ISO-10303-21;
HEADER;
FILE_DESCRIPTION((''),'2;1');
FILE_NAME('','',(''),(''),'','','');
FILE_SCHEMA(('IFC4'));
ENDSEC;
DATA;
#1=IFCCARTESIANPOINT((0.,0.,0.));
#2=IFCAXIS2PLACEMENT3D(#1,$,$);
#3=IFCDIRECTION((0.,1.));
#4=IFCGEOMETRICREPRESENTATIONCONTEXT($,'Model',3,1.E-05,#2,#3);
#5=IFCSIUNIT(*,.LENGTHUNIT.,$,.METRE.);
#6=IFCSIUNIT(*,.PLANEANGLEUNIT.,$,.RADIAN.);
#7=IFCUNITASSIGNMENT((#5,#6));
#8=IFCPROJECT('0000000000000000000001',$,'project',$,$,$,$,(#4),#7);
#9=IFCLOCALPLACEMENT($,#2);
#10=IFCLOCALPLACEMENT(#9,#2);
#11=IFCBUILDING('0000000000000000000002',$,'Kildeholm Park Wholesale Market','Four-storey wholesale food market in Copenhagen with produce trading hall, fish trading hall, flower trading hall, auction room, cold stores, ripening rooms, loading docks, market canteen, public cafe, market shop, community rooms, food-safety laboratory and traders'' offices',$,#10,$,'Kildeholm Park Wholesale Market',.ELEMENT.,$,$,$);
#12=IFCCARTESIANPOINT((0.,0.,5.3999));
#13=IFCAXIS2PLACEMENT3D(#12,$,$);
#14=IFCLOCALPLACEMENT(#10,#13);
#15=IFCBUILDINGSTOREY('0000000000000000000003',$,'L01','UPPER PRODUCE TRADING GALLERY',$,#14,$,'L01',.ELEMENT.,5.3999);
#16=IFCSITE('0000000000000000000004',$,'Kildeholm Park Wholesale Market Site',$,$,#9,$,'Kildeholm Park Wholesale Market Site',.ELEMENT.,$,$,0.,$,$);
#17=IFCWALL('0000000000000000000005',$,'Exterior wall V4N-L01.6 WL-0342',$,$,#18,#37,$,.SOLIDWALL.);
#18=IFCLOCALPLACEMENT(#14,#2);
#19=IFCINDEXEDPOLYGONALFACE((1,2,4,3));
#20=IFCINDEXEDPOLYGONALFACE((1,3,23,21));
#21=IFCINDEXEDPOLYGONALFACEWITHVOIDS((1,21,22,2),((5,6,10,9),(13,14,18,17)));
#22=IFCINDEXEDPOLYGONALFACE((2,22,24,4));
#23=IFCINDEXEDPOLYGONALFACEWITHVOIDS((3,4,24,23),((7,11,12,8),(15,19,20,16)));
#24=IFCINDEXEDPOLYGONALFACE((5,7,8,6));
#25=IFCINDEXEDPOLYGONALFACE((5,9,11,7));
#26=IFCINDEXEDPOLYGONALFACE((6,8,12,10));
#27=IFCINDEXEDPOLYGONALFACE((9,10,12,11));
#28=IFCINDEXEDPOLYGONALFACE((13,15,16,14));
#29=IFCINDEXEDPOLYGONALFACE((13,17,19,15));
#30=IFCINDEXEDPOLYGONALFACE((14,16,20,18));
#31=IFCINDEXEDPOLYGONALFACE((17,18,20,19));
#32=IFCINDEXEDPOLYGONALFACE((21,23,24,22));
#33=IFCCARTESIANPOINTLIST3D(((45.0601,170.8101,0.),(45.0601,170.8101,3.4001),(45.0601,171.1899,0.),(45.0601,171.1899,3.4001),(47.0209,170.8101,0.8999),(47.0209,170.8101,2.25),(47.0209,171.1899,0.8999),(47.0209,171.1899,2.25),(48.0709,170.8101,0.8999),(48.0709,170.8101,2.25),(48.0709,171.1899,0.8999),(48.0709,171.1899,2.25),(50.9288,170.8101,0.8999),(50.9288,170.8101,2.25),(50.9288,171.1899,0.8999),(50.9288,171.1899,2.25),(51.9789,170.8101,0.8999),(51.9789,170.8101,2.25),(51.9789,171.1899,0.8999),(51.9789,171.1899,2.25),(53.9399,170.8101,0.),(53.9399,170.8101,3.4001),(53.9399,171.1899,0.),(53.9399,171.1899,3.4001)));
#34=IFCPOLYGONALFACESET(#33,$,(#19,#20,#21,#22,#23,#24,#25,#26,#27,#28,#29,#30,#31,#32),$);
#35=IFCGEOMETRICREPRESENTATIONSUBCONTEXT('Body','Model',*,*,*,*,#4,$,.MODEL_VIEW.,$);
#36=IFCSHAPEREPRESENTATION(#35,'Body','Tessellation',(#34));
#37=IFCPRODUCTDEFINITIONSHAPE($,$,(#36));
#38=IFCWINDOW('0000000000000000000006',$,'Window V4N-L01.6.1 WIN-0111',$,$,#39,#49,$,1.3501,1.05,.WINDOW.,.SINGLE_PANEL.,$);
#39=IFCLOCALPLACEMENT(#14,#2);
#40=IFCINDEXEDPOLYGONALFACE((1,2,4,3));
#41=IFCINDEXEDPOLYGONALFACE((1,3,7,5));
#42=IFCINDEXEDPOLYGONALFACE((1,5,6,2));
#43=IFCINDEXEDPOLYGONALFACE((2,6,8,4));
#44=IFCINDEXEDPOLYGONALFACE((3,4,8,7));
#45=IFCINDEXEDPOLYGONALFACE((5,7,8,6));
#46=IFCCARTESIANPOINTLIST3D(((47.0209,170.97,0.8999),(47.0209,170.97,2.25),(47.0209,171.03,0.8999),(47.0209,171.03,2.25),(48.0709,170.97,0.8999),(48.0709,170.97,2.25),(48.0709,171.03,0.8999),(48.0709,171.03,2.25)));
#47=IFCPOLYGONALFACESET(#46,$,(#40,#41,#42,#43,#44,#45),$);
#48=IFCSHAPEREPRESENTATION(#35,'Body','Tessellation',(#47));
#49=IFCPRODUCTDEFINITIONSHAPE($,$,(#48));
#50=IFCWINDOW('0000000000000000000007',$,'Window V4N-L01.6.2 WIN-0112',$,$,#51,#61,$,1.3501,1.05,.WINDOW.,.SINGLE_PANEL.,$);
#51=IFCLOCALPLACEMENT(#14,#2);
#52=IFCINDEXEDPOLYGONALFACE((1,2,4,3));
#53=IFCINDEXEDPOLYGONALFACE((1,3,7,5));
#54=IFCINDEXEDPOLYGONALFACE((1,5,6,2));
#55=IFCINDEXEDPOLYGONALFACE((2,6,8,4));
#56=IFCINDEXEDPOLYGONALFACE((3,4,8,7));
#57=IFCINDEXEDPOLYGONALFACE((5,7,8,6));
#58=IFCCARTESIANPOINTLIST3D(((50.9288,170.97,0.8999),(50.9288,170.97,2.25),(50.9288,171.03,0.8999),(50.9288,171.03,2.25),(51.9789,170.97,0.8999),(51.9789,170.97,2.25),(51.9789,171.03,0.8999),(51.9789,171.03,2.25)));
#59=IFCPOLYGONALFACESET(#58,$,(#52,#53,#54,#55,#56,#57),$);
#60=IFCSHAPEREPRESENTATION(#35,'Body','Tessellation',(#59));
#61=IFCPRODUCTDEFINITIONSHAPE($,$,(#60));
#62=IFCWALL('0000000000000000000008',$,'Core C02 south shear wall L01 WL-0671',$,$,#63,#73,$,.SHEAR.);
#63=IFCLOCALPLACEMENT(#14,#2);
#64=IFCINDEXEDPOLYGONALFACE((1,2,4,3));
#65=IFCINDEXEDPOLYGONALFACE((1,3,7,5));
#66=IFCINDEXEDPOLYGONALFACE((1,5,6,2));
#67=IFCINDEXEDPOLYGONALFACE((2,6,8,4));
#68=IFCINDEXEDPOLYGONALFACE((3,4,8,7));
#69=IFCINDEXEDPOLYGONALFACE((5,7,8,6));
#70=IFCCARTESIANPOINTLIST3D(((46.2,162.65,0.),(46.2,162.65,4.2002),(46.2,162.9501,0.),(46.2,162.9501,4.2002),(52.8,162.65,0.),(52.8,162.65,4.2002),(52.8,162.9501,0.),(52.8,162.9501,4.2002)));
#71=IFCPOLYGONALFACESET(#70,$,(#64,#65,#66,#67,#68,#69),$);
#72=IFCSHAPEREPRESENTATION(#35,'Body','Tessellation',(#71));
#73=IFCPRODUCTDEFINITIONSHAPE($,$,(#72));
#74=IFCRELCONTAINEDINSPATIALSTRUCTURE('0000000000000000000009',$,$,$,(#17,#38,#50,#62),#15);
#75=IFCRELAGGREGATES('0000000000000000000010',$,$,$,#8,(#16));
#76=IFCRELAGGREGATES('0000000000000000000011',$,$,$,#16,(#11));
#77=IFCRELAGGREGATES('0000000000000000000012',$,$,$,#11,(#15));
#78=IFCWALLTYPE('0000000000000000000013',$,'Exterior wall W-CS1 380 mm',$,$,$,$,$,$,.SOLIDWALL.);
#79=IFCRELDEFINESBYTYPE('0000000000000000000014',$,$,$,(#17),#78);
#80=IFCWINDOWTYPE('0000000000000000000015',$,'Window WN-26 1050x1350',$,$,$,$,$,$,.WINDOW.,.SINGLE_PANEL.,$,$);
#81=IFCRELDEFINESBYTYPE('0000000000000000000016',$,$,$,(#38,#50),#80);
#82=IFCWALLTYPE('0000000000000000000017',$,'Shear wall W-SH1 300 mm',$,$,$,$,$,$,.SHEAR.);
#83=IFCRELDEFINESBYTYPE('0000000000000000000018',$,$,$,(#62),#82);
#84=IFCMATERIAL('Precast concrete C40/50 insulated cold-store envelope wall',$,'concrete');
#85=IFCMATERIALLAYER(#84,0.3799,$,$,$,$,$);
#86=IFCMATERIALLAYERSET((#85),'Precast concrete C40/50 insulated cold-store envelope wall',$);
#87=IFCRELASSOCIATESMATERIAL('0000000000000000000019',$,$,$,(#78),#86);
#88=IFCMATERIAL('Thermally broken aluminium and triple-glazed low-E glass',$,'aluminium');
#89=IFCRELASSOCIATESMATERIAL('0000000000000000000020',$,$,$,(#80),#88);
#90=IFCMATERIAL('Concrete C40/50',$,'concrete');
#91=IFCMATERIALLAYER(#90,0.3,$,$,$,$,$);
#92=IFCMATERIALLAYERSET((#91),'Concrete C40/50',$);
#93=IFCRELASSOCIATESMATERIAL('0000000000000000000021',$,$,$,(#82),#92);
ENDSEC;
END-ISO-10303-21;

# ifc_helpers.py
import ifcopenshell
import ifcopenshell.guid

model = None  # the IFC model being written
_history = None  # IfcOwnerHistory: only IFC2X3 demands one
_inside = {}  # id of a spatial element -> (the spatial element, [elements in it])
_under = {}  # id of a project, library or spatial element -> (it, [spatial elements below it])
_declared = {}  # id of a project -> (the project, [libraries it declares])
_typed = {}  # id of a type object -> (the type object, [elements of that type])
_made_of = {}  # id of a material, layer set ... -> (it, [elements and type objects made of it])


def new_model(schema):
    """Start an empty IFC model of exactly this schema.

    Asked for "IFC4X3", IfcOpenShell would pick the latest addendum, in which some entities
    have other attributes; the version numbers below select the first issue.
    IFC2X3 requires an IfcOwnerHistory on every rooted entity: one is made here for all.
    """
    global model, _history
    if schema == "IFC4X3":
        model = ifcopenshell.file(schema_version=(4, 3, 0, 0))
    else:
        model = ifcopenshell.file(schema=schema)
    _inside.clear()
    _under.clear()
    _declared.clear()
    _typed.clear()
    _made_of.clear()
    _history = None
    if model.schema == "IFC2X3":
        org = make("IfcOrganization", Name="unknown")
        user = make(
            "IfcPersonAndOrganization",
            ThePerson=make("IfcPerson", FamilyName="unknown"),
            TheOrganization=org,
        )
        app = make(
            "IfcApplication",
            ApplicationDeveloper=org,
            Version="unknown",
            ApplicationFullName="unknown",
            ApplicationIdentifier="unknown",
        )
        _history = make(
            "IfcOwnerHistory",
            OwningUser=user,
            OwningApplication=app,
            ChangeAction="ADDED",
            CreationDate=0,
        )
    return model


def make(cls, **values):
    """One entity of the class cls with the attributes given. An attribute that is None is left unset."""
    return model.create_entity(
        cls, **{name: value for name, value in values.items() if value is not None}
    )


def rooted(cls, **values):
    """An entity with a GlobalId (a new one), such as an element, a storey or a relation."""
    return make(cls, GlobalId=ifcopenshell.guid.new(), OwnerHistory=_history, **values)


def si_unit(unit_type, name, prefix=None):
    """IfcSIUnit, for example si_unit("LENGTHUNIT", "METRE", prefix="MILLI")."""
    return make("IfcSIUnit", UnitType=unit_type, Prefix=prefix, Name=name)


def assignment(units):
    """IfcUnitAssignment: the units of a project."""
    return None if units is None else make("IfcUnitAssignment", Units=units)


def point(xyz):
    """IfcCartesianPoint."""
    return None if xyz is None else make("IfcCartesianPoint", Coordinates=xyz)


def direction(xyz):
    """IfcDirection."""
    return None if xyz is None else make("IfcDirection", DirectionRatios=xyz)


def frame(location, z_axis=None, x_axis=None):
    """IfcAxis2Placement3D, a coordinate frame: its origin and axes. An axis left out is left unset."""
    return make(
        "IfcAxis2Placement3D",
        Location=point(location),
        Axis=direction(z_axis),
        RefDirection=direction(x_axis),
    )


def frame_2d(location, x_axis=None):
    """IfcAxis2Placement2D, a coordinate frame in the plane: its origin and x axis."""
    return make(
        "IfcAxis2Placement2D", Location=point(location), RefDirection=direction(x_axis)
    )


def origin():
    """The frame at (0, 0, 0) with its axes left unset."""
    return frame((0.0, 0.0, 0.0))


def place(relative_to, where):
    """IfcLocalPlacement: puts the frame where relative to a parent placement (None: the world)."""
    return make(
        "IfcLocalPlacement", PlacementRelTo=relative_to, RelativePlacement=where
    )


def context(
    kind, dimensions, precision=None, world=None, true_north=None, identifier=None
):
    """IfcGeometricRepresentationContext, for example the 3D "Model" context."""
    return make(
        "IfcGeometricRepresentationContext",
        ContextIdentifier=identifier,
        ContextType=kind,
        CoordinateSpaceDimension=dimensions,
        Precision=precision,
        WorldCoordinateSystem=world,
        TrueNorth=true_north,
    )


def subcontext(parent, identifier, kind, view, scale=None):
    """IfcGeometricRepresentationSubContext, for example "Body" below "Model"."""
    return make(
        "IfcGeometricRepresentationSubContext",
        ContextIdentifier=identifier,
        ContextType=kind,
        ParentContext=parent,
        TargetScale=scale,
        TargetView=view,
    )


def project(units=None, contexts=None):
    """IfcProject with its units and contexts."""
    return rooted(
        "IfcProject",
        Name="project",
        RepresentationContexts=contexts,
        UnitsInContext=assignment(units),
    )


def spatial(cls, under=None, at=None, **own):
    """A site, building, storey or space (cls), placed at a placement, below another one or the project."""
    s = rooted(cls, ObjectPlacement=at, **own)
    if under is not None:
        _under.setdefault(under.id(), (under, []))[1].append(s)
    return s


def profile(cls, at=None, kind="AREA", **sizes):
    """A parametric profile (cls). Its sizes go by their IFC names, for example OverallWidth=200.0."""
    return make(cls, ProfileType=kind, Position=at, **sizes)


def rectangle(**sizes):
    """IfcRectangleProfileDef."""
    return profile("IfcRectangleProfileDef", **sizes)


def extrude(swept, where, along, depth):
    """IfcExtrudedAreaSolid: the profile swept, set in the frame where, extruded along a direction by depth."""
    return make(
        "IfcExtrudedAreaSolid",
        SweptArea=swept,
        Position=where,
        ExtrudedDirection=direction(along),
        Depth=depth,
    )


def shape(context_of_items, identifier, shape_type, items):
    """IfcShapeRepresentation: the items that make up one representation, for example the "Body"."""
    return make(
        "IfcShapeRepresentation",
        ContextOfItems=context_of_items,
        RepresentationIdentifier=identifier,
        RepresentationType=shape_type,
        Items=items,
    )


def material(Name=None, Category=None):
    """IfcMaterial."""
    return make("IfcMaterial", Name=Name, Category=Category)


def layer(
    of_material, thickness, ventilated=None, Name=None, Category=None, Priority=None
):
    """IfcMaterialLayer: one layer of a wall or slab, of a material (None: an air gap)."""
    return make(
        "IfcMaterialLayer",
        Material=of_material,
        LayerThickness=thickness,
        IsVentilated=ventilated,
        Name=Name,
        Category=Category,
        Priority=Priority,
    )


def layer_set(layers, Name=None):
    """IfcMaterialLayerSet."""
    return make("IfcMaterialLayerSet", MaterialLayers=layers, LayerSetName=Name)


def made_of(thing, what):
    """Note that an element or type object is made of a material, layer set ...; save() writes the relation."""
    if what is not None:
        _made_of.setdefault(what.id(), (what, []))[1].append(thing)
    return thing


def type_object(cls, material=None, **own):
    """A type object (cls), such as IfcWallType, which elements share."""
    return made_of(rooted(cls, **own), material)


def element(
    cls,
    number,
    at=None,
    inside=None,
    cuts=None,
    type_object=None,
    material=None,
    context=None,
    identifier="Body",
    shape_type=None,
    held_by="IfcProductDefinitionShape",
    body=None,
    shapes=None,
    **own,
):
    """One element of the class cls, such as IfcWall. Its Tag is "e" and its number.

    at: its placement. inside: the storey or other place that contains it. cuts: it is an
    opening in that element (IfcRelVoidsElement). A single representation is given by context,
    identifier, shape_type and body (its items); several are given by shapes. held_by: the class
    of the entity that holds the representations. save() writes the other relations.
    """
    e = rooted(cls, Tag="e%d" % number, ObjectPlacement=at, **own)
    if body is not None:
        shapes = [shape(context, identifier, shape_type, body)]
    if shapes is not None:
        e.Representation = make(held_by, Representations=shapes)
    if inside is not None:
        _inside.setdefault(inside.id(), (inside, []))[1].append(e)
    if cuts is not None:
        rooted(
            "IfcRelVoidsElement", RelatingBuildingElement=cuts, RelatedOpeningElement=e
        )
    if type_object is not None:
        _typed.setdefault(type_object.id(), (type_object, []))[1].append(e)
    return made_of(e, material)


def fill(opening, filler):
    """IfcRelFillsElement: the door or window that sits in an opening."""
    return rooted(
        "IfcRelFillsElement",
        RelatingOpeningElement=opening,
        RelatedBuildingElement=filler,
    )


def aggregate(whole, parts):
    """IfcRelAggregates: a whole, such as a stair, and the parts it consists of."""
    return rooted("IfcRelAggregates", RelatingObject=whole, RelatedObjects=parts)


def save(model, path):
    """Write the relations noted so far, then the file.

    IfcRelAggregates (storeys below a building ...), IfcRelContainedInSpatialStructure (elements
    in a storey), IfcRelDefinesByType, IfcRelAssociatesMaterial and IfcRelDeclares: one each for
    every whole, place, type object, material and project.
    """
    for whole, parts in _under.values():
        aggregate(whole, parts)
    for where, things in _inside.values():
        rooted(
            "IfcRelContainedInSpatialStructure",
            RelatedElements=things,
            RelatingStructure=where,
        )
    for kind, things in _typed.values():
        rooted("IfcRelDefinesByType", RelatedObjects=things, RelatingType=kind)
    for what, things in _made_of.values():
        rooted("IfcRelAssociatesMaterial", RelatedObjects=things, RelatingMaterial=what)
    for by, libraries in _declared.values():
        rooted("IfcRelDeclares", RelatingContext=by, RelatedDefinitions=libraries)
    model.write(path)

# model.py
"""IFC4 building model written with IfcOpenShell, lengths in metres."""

from ifc_helpers import new_model, si_unit, direction, frame, frame_2d, origin, place, context, subcontext, project, spatial, rectangle, extrude, material, layer, layer_set, type_object, element, fill, save


model = new_model("IFC4")

# Units and contexts
model_context = context("Model", 3, precision=1e-05, world=origin(), true_north=direction((0.0, 1.0)))
body_context = subcontext(model_context, "Body", "Model", "MODEL_VIEW")
ifc_project = project(units=[si_unit("LENGTHUNIT", "METRE"), si_unit("PLANEANGLEUNIT", "RADIAN")], contexts=[model_context])

# Site, building, storey
site_placement = place(None, origin())
site = spatial("IfcSite", under=ifc_project, at=site_placement, Name="Kildeholm Park Wholesale Market Site", LongName="Kildeholm Park Wholesale Market Site", CompositionType="ELEMENT", RefElevation=0.0)
building_placement = place(site_placement, origin())
building = spatial("IfcBuilding", under=site, at=building_placement, Name="Kildeholm Park Wholesale Market", Description="Four-storey wholesale food market in Copenhagen with produce trading hall, fish trading hall, flower trading hall, auction room, cold stores, ripening rooms, loading docks, market canteen, public cafe, market shop, community rooms, food-safety laboratory and traders' offices", LongName="Kildeholm Park Wholesale Market", CompositionType="ELEMENT")
storey_placement = place(building_placement, frame((0.0, 0.0, 5.3999)))
storey = spatial("IfcBuildingStorey", under=building, at=storey_placement, Name="L01", Description="UPPER PRODUCE TRADING GALLERY", LongName="L01", CompositionType="ELEMENT", Elevation=5.3999)

# Shared definitions
ifc_material_1 = material(Name="Concrete C40/50", Category="concrete")

# Wall, openings, windows
ifc_material_2 = material(Name="Precast concrete C40/50 insulated cold-store envelope wall", Category="concrete")
ifc_layer_1 = layer(ifc_material_2, 0.3799)
ifc_layer_set_1 = layer_set([ifc_layer_1], Name="Precast concrete C40/50 insulated cold-store envelope wall")
wall_type_1 = type_object("IfcWallType", Name="Exterior wall W-CS1 380 mm", PredefinedType="SOLIDWALL", material=ifc_layer_set_1)
ifc_material_3 = material(Name="Thermally broken aluminium and triple-glazed low-E glass", Category="aluminium")
wall_1_placement = place(storey_placement, frame((45.0601, 171.0, 0.0), z_axis=(0.0, 0.0, 1.0), x_axis=(1.0, 0.0, 0.0)))
wall_1 = element("IfcWall", 1, at=wall_1_placement, inside=storey, type_object=wall_type_1, Name="Exterior wall V4N-L01.6 WL-0342", PredefinedType="SOLIDWALL", context=body_context, shape_type="SweptSolid", body=[
    extrude(rectangle(XDim=8.8799, YDim=0.3799, at=frame_2d((4.4399, 0.0))), origin(), (0.0, 0.0, 1.0), 3.4001),
])
opening_1_placement = place(wall_1_placement, frame((1.9609, 0.0, 0.8999)))
opening_1 = element("IfcOpeningElement", 2, at=opening_1_placement, cuts=wall_1, PredefinedType="OPENING", context=body_context, shape_type="SweptSolid", body=[
    extrude(rectangle(XDim=1.05, YDim=1.3501, at=frame_2d((0.5249, 0.675))), frame((0.0, 0.2, 0.0), z_axis=(0.0, -1.0, 0.0), x_axis=(1.0, 0.0, 0.0)), (0.0, 0.0, 1.0), 0.3999),
])
opening_2_placement = place(wall_1_placement, frame((5.8689, 0.0, 0.8999)))
opening_2 = element("IfcOpeningElement", 3, at=opening_2_placement, cuts=wall_1, PredefinedType="OPENING", context=body_context, shape_type="SweptSolid", body=[
    extrude(rectangle(XDim=1.05, YDim=1.3501, at=frame_2d((0.5249, 0.675))), frame((0.0, 0.2, 0.0), z_axis=(0.0, -1.0, 0.0), x_axis=(1.0, 0.0, 0.0)), (0.0, 0.0, 1.0), 0.3999),
])
window_type_1 = type_object("IfcWindowType", Name="Window WN-26 1050x1350", PartitioningType="SINGLE_PANEL", PredefinedType="WINDOW", material=ifc_material_3)
window_1_placement = place(opening_1_placement, origin())
window_1 = element("IfcWindow", 4, at=window_1_placement, inside=storey, type_object=window_type_1, Name="Window V4N-L01.6.1 WIN-0111", OverallHeight=1.3501, OverallWidth=1.05, PartitioningType="SINGLE_PANEL", PredefinedType="WINDOW", context=body_context, shape_type="SweptSolid", body=[
    extrude(rectangle(XDim=1.05, YDim=1.3501, at=frame_2d((0.5249, 0.675))), frame((0.0, 0.03, 0.0), z_axis=(0.0, -1.0, 0.0), x_axis=(1.0, 0.0, 0.0)), (0.0, 0.0, 1.0), 0.0601),
])
fill(opening_1, window_1)
window_2_placement = place(opening_2_placement, origin())
window_2 = element("IfcWindow", 5, at=window_2_placement, inside=storey, type_object=window_type_1, Name="Window V4N-L01.6.2 WIN-0112", OverallHeight=1.3501, OverallWidth=1.05, PartitioningType="SINGLE_PANEL", PredefinedType="WINDOW", context=body_context, shape_type="SweptSolid", body=[
    extrude(rectangle(XDim=1.05, YDim=1.3501, at=frame_2d((0.5249, 0.675))), frame((0.0, 0.03, 0.0), z_axis=(0.0, -1.0, 0.0), x_axis=(1.0, 0.0, 0.0)), (0.0, 0.0, 1.0), 0.0601),
])
fill(opening_2, window_2)

# Wall
ifc_layer_2 = layer(ifc_material_1, 0.3)
ifc_layer_set_2 = layer_set([ifc_layer_2], Name="Concrete C40/50")
wall_type_2 = type_object("IfcWallType", Name="Shear wall W-SH1 300 mm", PredefinedType="SHEAR", material=ifc_layer_set_2)
wall_2_placement = place(storey_placement, frame((46.2, 162.8, 0.0), z_axis=(0.0, 0.0, 1.0), x_axis=(1.0, 0.0, 0.0)))
element("IfcWall", 6, at=wall_2_placement, inside=storey, type_object=wall_type_2, Name="Core C02 south shear wall L01 WL-0671", PredefinedType="SHEAR", context=body_context, shape_type="SweptSolid", body=[
    extrude(rectangle(XDim=6.6001, YDim=0.3, at=frame_2d((3.3, 0.0))), origin(), (0.0, 0.0, 1.0), 4.2002),
])

save(model, "model.ifc")
